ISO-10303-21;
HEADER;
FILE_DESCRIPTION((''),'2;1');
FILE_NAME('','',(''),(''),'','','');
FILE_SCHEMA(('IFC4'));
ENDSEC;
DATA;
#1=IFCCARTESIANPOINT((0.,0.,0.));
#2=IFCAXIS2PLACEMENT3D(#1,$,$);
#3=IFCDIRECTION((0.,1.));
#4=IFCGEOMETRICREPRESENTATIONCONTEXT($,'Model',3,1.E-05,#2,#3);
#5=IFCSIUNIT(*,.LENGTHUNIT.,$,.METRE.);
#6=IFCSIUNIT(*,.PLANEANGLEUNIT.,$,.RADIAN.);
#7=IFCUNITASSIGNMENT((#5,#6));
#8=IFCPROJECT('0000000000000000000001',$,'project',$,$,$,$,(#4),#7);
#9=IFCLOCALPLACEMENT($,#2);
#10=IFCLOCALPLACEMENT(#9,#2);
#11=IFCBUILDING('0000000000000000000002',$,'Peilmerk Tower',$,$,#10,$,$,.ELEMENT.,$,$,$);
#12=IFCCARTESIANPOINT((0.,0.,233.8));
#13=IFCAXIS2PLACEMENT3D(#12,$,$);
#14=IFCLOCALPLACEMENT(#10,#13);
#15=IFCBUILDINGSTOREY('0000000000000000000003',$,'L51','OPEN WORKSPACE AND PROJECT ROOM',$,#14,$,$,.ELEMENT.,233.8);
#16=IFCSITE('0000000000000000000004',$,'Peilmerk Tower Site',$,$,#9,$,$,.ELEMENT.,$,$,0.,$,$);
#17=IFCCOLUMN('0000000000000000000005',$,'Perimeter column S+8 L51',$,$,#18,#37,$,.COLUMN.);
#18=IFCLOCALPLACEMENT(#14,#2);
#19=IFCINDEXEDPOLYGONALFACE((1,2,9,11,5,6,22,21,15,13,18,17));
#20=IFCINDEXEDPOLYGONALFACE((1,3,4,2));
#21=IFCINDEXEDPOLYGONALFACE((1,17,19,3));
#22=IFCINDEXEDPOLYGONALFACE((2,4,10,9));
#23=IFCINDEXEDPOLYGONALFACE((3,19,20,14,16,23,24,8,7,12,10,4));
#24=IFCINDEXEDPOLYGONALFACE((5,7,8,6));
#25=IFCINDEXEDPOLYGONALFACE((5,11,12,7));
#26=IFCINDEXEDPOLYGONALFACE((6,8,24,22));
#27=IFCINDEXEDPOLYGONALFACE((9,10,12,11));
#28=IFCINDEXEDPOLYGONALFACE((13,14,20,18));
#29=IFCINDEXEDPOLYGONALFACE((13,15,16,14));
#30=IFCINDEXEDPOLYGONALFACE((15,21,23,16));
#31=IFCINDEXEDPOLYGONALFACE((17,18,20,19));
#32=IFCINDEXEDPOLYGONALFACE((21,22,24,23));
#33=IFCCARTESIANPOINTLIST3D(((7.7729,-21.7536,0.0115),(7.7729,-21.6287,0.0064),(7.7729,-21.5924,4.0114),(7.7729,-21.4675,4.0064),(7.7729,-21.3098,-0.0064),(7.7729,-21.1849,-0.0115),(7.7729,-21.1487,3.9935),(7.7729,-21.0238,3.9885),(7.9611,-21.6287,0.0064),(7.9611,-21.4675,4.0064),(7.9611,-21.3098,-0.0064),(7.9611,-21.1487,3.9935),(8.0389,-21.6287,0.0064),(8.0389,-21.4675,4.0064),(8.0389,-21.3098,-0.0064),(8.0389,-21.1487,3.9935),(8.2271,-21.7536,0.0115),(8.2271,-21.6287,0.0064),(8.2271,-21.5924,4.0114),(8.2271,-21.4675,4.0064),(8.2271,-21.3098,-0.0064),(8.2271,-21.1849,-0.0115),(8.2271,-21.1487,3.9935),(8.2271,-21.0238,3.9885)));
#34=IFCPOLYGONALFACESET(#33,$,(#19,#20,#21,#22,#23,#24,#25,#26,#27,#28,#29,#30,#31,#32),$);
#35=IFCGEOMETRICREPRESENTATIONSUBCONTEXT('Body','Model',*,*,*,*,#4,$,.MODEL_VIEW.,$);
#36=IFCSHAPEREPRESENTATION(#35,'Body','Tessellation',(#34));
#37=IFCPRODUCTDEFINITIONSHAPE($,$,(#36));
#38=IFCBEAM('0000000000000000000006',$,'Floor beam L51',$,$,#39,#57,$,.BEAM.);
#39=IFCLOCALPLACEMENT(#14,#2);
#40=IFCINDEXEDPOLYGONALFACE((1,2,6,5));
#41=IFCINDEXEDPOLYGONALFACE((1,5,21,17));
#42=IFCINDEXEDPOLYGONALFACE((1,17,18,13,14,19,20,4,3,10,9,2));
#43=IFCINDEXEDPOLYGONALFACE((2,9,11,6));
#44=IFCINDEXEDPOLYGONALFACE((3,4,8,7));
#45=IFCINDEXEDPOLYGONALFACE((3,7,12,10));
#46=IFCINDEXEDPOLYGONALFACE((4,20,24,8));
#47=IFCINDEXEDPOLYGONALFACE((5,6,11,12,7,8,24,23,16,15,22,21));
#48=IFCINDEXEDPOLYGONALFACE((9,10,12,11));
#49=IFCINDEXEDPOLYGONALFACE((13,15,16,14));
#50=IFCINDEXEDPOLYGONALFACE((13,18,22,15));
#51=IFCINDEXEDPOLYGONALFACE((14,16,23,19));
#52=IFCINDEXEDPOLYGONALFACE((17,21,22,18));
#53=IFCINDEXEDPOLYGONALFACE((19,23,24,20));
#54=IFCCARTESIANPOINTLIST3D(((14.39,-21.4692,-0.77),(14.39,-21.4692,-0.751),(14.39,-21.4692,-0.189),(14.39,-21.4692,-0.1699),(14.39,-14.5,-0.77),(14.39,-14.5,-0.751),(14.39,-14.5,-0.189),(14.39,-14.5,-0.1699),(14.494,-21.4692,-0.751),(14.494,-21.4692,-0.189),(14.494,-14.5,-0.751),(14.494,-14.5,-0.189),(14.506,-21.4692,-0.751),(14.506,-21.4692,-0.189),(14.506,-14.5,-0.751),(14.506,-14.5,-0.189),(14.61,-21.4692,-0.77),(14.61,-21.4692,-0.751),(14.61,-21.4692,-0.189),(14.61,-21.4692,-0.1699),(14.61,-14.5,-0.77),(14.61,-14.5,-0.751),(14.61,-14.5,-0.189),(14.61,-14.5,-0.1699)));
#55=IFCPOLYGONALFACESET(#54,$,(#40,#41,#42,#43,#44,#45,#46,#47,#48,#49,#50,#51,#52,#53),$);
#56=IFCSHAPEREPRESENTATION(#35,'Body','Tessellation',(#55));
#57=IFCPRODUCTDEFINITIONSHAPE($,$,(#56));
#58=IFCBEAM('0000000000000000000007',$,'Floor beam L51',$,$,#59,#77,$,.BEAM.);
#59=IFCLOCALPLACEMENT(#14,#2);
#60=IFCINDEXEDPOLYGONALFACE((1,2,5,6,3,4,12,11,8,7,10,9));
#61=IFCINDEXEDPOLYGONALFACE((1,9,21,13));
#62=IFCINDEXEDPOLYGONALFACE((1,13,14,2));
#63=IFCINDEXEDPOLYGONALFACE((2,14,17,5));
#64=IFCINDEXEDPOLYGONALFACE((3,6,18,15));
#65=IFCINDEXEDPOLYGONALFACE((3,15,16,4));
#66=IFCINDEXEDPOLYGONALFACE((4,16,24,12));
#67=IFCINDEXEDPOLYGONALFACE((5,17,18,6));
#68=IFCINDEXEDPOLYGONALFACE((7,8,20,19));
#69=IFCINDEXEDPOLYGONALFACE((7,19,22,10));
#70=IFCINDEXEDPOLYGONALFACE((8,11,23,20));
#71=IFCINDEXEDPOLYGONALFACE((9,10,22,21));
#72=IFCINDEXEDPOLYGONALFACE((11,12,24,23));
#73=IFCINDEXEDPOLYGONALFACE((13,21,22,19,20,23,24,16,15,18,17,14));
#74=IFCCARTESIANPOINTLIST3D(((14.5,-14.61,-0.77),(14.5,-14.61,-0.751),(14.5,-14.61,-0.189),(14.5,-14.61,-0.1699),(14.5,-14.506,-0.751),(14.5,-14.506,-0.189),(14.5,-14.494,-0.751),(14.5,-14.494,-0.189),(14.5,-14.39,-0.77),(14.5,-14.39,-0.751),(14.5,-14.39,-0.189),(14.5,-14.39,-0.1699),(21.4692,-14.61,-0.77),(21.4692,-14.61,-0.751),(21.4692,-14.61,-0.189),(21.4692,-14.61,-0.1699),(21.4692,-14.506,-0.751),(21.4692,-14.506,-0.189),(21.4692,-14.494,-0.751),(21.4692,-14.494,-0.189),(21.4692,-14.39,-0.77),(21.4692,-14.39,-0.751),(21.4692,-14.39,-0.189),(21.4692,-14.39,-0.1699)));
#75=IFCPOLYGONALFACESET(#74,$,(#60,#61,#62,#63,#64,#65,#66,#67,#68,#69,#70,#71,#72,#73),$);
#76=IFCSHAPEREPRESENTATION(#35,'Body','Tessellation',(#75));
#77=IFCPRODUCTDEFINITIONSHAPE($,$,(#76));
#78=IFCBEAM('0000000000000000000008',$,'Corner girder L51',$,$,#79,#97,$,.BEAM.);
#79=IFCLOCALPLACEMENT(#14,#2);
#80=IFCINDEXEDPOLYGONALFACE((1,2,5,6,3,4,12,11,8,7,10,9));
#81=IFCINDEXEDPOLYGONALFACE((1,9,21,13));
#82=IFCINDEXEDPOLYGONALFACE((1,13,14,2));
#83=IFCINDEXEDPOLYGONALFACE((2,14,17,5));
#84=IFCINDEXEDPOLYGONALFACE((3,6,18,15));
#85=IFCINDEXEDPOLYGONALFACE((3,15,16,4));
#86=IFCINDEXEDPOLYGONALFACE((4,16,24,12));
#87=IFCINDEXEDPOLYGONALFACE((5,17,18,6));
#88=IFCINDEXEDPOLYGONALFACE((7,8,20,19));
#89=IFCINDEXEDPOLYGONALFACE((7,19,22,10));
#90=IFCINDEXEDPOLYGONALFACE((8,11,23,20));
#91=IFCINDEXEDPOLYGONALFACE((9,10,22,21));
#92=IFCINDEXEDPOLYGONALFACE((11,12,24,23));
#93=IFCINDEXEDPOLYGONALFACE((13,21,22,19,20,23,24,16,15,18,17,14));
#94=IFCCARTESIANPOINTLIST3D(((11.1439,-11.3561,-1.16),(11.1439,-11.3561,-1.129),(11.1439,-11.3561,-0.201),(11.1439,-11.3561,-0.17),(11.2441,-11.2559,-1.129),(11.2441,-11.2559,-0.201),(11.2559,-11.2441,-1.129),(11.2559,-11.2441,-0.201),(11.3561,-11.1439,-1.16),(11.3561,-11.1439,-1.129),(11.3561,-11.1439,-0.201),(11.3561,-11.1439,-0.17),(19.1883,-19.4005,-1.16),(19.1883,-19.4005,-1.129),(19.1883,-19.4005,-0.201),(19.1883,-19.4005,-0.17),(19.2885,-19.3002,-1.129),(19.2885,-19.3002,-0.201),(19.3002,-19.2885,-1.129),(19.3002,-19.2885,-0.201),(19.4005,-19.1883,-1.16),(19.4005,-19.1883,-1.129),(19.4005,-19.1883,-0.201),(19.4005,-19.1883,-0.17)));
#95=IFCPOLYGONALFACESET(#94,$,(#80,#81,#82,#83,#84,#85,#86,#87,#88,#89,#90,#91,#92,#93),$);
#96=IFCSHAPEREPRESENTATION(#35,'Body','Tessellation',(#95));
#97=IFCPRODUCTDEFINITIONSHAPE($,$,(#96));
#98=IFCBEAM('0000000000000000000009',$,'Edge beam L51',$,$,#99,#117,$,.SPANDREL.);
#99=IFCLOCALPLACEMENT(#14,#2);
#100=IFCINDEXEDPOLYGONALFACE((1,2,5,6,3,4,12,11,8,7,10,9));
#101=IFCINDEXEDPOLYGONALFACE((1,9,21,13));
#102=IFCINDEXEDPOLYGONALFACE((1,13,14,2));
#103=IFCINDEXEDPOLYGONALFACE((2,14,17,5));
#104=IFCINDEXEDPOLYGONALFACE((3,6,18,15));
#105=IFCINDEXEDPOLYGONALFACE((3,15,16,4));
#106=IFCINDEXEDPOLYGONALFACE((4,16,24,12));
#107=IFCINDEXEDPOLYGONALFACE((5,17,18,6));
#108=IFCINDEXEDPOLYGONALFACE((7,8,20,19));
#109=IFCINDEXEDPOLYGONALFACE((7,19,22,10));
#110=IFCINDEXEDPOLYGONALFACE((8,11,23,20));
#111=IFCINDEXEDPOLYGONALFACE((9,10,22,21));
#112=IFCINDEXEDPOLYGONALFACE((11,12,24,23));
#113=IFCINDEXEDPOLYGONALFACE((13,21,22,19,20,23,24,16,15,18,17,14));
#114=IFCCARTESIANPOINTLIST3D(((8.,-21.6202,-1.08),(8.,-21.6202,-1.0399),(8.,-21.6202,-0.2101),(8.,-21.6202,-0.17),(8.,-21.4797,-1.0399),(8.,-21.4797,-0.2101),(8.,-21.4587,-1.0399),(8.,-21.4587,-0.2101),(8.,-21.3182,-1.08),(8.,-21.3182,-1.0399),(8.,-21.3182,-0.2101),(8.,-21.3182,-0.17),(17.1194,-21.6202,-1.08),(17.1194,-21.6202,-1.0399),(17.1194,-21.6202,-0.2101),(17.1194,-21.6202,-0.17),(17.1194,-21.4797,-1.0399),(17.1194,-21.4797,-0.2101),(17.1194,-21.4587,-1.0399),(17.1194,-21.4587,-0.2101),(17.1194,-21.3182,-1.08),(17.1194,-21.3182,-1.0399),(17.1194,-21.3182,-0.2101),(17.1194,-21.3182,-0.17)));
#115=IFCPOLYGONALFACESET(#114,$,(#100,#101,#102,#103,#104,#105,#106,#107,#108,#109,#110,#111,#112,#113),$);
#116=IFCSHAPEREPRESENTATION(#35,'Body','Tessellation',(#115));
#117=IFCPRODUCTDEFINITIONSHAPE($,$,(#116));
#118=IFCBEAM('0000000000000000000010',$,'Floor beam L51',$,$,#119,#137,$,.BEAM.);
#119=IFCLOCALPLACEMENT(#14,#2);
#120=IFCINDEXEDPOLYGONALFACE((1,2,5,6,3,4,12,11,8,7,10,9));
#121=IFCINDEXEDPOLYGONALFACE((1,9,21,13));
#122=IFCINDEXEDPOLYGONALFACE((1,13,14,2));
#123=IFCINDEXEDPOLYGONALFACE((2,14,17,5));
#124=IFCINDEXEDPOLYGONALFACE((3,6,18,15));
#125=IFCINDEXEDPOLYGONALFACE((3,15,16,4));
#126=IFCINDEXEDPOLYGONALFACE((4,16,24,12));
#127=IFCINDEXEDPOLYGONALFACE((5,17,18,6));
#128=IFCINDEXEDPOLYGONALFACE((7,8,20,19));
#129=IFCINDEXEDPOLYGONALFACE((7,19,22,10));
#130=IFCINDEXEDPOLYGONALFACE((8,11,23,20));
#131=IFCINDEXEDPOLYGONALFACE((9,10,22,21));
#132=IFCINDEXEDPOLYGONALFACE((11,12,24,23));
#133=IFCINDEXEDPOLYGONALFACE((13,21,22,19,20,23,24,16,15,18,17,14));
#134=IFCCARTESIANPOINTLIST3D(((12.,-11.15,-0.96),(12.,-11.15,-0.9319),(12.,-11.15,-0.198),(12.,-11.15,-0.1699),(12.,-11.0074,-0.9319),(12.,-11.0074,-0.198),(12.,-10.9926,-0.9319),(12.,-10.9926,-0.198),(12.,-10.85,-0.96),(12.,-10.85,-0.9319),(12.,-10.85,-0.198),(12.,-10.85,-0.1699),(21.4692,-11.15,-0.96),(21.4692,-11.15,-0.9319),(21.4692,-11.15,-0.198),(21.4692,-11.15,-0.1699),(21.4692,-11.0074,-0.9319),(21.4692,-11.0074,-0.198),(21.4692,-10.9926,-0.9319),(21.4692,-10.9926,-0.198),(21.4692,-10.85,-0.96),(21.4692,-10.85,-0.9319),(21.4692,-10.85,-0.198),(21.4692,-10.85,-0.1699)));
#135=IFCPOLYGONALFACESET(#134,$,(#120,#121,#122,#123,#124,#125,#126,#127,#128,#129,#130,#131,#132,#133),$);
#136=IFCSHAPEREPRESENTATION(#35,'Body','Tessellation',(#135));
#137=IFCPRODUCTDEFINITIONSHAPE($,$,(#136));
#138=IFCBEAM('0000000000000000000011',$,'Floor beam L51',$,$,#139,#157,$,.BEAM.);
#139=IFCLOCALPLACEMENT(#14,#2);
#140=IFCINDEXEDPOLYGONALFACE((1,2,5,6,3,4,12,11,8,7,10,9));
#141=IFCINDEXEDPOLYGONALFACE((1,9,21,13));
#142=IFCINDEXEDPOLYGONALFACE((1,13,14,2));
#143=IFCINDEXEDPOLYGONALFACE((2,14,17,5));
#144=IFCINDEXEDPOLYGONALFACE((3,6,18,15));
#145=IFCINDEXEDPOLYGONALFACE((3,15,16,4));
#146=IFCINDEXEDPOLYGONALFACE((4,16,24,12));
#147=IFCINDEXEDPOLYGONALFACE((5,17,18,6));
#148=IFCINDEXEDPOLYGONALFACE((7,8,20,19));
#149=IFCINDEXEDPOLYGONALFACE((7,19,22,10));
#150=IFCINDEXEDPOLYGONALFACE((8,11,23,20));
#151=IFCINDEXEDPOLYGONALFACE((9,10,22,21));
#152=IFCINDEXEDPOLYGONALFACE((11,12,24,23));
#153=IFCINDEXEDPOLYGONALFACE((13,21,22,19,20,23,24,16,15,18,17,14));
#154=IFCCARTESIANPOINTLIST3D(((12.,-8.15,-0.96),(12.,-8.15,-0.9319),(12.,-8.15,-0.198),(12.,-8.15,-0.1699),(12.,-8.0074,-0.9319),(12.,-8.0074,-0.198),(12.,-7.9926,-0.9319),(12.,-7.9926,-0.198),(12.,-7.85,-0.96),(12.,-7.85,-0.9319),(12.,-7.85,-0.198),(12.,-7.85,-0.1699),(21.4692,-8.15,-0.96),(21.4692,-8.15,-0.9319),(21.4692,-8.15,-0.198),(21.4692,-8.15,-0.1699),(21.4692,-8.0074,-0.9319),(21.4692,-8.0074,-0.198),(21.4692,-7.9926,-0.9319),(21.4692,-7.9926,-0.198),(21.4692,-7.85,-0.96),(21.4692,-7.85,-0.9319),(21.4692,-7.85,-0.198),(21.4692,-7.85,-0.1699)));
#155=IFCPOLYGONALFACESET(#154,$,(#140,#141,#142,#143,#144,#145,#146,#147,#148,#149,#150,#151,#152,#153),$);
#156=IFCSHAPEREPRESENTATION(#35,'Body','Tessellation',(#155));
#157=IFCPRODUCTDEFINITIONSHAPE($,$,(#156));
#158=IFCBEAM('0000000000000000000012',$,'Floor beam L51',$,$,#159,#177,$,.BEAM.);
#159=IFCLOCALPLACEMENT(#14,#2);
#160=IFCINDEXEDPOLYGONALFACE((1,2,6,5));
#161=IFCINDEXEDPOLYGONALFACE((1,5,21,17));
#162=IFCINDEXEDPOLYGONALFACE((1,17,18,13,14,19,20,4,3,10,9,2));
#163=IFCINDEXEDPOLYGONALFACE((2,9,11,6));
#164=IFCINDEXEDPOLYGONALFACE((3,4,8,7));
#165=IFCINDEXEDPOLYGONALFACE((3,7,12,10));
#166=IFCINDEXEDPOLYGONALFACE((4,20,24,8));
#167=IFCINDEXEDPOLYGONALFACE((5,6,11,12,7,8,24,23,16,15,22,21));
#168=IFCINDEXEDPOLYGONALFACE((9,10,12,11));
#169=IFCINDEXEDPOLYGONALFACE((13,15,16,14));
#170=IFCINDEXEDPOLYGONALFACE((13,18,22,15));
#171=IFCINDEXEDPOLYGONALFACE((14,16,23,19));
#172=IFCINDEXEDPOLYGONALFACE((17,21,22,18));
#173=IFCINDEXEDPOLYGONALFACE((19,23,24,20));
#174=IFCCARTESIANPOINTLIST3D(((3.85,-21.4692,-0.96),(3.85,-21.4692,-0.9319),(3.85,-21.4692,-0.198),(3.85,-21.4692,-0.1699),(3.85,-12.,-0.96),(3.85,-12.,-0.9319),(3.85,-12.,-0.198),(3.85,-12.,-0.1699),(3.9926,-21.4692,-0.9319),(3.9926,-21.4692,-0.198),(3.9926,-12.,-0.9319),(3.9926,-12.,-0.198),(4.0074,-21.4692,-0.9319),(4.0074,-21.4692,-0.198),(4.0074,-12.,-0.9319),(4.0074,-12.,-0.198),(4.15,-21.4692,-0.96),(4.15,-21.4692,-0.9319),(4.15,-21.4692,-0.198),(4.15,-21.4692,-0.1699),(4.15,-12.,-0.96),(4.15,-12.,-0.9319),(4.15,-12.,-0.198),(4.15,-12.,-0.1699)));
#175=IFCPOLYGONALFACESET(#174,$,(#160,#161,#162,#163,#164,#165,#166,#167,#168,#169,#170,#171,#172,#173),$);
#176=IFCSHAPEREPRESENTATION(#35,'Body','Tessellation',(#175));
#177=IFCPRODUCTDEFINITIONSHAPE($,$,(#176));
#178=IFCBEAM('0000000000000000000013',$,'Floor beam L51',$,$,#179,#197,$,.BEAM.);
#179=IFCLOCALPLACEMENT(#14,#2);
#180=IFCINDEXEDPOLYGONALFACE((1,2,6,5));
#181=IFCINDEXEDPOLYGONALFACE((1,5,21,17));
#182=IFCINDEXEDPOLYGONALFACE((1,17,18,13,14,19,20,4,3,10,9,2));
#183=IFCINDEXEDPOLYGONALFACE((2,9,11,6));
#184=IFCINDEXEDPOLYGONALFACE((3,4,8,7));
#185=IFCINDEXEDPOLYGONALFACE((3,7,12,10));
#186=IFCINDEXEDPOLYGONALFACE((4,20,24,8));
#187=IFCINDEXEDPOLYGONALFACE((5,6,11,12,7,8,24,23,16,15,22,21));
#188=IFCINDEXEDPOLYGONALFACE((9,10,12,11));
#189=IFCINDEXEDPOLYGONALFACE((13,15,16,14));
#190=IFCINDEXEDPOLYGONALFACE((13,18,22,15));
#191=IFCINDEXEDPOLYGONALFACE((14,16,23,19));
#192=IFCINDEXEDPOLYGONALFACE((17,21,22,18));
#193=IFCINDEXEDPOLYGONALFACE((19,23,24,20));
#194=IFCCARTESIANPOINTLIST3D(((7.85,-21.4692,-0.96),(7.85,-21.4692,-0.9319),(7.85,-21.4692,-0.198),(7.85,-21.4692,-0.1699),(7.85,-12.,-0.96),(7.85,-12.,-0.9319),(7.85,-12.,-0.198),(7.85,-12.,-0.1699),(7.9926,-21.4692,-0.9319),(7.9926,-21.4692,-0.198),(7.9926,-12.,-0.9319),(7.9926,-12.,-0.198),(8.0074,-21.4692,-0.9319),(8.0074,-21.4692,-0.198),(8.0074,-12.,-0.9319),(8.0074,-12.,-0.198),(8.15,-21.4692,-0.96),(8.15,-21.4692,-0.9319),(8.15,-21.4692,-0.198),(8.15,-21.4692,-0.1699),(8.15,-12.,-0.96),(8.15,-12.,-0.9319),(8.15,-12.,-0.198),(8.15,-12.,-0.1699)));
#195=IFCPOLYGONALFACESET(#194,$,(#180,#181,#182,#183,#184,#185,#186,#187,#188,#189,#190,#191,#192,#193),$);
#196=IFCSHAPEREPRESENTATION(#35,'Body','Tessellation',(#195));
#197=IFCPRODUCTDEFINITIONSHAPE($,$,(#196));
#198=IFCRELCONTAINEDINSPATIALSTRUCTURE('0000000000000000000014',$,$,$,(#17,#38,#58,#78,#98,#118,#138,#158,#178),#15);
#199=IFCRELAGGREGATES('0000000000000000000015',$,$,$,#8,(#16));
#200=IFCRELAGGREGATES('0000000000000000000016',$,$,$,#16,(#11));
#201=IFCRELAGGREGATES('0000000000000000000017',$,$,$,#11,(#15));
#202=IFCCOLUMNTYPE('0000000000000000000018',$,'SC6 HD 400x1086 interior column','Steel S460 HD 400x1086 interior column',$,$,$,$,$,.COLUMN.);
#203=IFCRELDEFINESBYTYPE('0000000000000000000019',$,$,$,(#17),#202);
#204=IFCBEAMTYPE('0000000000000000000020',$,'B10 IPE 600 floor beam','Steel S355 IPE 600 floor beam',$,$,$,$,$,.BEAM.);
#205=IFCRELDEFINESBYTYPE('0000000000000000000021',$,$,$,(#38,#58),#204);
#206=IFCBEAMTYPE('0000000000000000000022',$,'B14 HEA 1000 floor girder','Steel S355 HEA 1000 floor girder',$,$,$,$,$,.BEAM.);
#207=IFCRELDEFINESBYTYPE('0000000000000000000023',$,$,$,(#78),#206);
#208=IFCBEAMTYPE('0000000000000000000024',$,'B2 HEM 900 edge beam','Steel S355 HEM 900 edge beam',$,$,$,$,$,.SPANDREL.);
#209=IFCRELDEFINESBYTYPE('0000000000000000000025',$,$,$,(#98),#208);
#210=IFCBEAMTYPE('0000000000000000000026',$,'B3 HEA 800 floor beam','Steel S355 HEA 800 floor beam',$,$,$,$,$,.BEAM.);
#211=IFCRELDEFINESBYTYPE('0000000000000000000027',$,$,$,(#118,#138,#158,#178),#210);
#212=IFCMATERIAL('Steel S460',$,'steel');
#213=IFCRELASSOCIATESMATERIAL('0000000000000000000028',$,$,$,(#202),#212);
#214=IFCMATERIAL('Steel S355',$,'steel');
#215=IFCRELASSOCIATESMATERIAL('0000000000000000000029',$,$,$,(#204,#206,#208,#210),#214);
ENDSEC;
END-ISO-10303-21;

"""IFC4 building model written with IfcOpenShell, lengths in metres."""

from ifc_helpers import new_model, si_unit, direction, frame, origin, origin_2d, place, context, subcontext, project, spatial, i_section, extrude, material, material_profile, profile_set, type_object, element, save


model = new_model("IFC4")

# Units and contexts
model_context = context("Model", 3, precision=1e-05, world=origin(), true_north=direction((0.0, 1.0)))
body_context = subcontext(model_context, "Body", "Model", "MODEL_VIEW")
ifc_project = project(units=[si_unit("LENGTHUNIT", "METRE"), si_unit("PLANEANGLEUNIT", "RADIAN")], contexts=[model_context])

# Site, building, storey
site_placement = place(None, origin())
site = spatial("IfcSite", under=ifc_project, at=site_placement, Name="Peilmerk Tower Site", CompositionType="ELEMENT", RefElevation=0.0)
building_placement = place(site_placement, origin())
building = spatial("IfcBuilding", under=site, at=building_placement, Name="Peilmerk Tower", CompositionType="ELEMENT")
storey_placement = place(building_placement, frame((0.0, 0.0, 233.8)))
storey = spatial("IfcBuildingStorey", under=building, at=storey_placement, Name="L51", Description="OPEN WORKSPACE AND PROJECT ROOM", CompositionType="ELEMENT", Elevation=233.8)

# Column
ifc_material_1 = material(Name="Steel S460", Category="steel")
ifc_material_profile_1 = material_profile(ifc_material_1, i_section(OverallWidth=0.4541, OverallDepth=0.5691, WebThickness=0.0779, FlangeThickness=0.125, at=origin_2d()), Name="HD 400x1086")
ifc_profile_set_1 = profile_set([ifc_material_profile_1], Name="Steel S460")
column_type = type_object("IfcColumnType", Name="SC6 HD 400x1086 interior column", Description="Steel S460 HD 400x1086 interior column", PredefinedType="COLUMN", material=ifc_profile_set_1)
column_placement = place(storey_placement, frame((8.0, -21.4692, 0.0), z_axis=(0.0, 0.040251, 0.99919), x_axis=(-1.0, 0.0, 0.0)))
element("IfcColumn", 1, at=column_placement, inside=storey, type_object=column_type, Name="Perimeter column S+8 L51", PredefinedType="COLUMN", context=body_context, shape_type="SweptSolid", body=[
    extrude(i_section(OverallWidth=0.4541, OverallDepth=0.5691, WebThickness=0.0779, FlangeThickness=0.125, at=origin_2d()), origin(), (0.0, 0.0, 1.0), 4.0032),
])

# Beams
ifc_material_2 = material(Name="Steel S355", Category="steel")
ifc_material_profile_2 = material_profile(ifc_material_2, i_section(OverallWidth=0.22, OverallDepth=0.6001, WebThickness=0.012, FlangeThickness=0.019, at=origin_2d()), Name="IPE 600")
ifc_profile_set_2 = profile_set([ifc_material_profile_2], Name="Steel S355")
beam_type_1 = type_object("IfcBeamType", Name="B10 IPE 600 floor beam", Description="Steel S355 IPE 600 floor beam", PredefinedType="BEAM", material=ifc_profile_set_2)
for number, where, z_axis, x_axis, name in (
    (2, (14.5, -14.5, -0.47), (0.0, -1.0, 0.0), (1.0, 0.0, 0.0), "Floor beam L51"),
    (3, (14.5, -14.5, -0.47), (1.0, 0.0, 0.0), (0.0, 1.0, 0.0), "Floor beam L51"),
):
    element("IfcBeam", number, at=place(storey_placement, frame(where, z_axis=z_axis, x_axis=x_axis)), inside=storey, type_object=beam_type_1, Name=name, PredefinedType="BEAM", context=body_context, shape_type="SweptSolid", body=[
        extrude(i_section(OverallWidth=0.22, OverallDepth=0.6001, WebThickness=0.012, FlangeThickness=0.019, at=origin_2d()), origin(), (0.0, 0.0, 1.0), 6.9692),
    ])
ifc_material_profile_3 = material_profile(ifc_material_2, i_section(OverallWidth=0.3, OverallDepth=0.99, WebThickness=0.0166, FlangeThickness=0.031, at=origin_2d()), Name="HEA 1000")
ifc_profile_set_3 = profile_set([ifc_material_profile_3], Name="Steel S355")
beam_type_2 = type_object("IfcBeamType", Name="B14 HEA 1000 floor girder", Description="Steel S355 HEA 1000 floor girder", PredefinedType="BEAM", material=ifc_profile_set_3)
beam_1_placement = place(storey_placement, frame((11.25, -11.25, -0.665), z_axis=(0.707107, -0.707107, 0.0), x_axis=(0.707107, 0.707107, 0.0)))
element("IfcBeam", 4, at=beam_1_placement, inside=storey, type_object=beam_type_2, Name="Corner girder L51", PredefinedType="BEAM", context=body_context, shape_type="SweptSolid", body=[
    extrude(i_section(OverallWidth=0.3, OverallDepth=0.99, WebThickness=0.0166, FlangeThickness=0.031, at=origin_2d()), origin(), (0.0, 0.0, 1.0), 11.3765),
])
ifc_material_profile_4 = material_profile(ifc_material_2, i_section(OverallWidth=0.302, OverallDepth=0.9099, WebThickness=0.021, FlangeThickness=0.04, at=origin_2d()), Name="HEM 900")
ifc_profile_set_4 = profile_set([ifc_material_profile_4], Name="Steel S355")
beam_type_3 = type_object("IfcBeamType", Name="B2 HEM 900 edge beam", Description="Steel S355 HEM 900 edge beam", PredefinedType="SPANDREL", material=ifc_profile_set_4)
beam_2_placement = place(storey_placement, frame((8.0, -21.4692, -0.625), z_axis=(1.0, 0.0, 0.0), x_axis=(0.0, 1.0, 0.0)))
element("IfcBeam", 5, at=beam_2_placement, inside=storey, type_object=beam_type_3, Name="Edge beam L51", PredefinedType="SPANDREL", context=body_context, shape_type="SweptSolid", body=[
    extrude(i_section(OverallWidth=0.302, OverallDepth=0.9099, WebThickness=0.021, FlangeThickness=0.04, at=origin_2d()), origin(), (0.0, 0.0, 1.0), 9.1194),
])
ifc_material_profile_5 = material_profile(ifc_material_2, i_section(OverallWidth=0.3, OverallDepth=0.79, WebThickness=0.0149, FlangeThickness=0.0281, at=origin_2d()), Name="HEA 800")
ifc_profile_set_5 = profile_set([ifc_material_profile_5], Name="Steel S355")
beam_type_4 = type_object("IfcBeamType", Name="B3 HEA 800 floor beam", Description="Steel S355 HEA 800 floor beam", PredefinedType="BEAM", material=ifc_profile_set_5)
for number, where, z_axis, x_axis, name in (
    (6, (12.0, -11.0, -0.5649), (1.0, 0.0, 0.0), (0.0, 1.0, 0.0), "Floor beam L51"),
    (7, (12.0, -8.0, -0.5649), (1.0, 0.0, 0.0), (0.0, 1.0, 0.0), "Floor beam L51"),
    (8, (4.0, -12.0, -0.5649), (0.0, -1.0, 0.0), (1.0, 0.0, 0.0), "Floor beam L51"),
    (9, (8.0, -12.0, -0.5649), (0.0, -1.0, 0.0), (1.0, 0.0, 0.0), "Floor beam L51"),
):
    element("IfcBeam", number, at=place(storey_placement, frame(where, z_axis=z_axis, x_axis=x_axis)), inside=storey, type_object=beam_type_4, Name=name, PredefinedType="BEAM", context=body_context, shape_type="SweptSolid", body=[
        extrude(i_section(OverallWidth=0.3, OverallDepth=0.79, WebThickness=0.0149, FlangeThickness=0.0281, at=origin_2d()), origin(), (0.0, 0.0, 1.0), 9.4692),
    ])

save(model, "model.ifc")
